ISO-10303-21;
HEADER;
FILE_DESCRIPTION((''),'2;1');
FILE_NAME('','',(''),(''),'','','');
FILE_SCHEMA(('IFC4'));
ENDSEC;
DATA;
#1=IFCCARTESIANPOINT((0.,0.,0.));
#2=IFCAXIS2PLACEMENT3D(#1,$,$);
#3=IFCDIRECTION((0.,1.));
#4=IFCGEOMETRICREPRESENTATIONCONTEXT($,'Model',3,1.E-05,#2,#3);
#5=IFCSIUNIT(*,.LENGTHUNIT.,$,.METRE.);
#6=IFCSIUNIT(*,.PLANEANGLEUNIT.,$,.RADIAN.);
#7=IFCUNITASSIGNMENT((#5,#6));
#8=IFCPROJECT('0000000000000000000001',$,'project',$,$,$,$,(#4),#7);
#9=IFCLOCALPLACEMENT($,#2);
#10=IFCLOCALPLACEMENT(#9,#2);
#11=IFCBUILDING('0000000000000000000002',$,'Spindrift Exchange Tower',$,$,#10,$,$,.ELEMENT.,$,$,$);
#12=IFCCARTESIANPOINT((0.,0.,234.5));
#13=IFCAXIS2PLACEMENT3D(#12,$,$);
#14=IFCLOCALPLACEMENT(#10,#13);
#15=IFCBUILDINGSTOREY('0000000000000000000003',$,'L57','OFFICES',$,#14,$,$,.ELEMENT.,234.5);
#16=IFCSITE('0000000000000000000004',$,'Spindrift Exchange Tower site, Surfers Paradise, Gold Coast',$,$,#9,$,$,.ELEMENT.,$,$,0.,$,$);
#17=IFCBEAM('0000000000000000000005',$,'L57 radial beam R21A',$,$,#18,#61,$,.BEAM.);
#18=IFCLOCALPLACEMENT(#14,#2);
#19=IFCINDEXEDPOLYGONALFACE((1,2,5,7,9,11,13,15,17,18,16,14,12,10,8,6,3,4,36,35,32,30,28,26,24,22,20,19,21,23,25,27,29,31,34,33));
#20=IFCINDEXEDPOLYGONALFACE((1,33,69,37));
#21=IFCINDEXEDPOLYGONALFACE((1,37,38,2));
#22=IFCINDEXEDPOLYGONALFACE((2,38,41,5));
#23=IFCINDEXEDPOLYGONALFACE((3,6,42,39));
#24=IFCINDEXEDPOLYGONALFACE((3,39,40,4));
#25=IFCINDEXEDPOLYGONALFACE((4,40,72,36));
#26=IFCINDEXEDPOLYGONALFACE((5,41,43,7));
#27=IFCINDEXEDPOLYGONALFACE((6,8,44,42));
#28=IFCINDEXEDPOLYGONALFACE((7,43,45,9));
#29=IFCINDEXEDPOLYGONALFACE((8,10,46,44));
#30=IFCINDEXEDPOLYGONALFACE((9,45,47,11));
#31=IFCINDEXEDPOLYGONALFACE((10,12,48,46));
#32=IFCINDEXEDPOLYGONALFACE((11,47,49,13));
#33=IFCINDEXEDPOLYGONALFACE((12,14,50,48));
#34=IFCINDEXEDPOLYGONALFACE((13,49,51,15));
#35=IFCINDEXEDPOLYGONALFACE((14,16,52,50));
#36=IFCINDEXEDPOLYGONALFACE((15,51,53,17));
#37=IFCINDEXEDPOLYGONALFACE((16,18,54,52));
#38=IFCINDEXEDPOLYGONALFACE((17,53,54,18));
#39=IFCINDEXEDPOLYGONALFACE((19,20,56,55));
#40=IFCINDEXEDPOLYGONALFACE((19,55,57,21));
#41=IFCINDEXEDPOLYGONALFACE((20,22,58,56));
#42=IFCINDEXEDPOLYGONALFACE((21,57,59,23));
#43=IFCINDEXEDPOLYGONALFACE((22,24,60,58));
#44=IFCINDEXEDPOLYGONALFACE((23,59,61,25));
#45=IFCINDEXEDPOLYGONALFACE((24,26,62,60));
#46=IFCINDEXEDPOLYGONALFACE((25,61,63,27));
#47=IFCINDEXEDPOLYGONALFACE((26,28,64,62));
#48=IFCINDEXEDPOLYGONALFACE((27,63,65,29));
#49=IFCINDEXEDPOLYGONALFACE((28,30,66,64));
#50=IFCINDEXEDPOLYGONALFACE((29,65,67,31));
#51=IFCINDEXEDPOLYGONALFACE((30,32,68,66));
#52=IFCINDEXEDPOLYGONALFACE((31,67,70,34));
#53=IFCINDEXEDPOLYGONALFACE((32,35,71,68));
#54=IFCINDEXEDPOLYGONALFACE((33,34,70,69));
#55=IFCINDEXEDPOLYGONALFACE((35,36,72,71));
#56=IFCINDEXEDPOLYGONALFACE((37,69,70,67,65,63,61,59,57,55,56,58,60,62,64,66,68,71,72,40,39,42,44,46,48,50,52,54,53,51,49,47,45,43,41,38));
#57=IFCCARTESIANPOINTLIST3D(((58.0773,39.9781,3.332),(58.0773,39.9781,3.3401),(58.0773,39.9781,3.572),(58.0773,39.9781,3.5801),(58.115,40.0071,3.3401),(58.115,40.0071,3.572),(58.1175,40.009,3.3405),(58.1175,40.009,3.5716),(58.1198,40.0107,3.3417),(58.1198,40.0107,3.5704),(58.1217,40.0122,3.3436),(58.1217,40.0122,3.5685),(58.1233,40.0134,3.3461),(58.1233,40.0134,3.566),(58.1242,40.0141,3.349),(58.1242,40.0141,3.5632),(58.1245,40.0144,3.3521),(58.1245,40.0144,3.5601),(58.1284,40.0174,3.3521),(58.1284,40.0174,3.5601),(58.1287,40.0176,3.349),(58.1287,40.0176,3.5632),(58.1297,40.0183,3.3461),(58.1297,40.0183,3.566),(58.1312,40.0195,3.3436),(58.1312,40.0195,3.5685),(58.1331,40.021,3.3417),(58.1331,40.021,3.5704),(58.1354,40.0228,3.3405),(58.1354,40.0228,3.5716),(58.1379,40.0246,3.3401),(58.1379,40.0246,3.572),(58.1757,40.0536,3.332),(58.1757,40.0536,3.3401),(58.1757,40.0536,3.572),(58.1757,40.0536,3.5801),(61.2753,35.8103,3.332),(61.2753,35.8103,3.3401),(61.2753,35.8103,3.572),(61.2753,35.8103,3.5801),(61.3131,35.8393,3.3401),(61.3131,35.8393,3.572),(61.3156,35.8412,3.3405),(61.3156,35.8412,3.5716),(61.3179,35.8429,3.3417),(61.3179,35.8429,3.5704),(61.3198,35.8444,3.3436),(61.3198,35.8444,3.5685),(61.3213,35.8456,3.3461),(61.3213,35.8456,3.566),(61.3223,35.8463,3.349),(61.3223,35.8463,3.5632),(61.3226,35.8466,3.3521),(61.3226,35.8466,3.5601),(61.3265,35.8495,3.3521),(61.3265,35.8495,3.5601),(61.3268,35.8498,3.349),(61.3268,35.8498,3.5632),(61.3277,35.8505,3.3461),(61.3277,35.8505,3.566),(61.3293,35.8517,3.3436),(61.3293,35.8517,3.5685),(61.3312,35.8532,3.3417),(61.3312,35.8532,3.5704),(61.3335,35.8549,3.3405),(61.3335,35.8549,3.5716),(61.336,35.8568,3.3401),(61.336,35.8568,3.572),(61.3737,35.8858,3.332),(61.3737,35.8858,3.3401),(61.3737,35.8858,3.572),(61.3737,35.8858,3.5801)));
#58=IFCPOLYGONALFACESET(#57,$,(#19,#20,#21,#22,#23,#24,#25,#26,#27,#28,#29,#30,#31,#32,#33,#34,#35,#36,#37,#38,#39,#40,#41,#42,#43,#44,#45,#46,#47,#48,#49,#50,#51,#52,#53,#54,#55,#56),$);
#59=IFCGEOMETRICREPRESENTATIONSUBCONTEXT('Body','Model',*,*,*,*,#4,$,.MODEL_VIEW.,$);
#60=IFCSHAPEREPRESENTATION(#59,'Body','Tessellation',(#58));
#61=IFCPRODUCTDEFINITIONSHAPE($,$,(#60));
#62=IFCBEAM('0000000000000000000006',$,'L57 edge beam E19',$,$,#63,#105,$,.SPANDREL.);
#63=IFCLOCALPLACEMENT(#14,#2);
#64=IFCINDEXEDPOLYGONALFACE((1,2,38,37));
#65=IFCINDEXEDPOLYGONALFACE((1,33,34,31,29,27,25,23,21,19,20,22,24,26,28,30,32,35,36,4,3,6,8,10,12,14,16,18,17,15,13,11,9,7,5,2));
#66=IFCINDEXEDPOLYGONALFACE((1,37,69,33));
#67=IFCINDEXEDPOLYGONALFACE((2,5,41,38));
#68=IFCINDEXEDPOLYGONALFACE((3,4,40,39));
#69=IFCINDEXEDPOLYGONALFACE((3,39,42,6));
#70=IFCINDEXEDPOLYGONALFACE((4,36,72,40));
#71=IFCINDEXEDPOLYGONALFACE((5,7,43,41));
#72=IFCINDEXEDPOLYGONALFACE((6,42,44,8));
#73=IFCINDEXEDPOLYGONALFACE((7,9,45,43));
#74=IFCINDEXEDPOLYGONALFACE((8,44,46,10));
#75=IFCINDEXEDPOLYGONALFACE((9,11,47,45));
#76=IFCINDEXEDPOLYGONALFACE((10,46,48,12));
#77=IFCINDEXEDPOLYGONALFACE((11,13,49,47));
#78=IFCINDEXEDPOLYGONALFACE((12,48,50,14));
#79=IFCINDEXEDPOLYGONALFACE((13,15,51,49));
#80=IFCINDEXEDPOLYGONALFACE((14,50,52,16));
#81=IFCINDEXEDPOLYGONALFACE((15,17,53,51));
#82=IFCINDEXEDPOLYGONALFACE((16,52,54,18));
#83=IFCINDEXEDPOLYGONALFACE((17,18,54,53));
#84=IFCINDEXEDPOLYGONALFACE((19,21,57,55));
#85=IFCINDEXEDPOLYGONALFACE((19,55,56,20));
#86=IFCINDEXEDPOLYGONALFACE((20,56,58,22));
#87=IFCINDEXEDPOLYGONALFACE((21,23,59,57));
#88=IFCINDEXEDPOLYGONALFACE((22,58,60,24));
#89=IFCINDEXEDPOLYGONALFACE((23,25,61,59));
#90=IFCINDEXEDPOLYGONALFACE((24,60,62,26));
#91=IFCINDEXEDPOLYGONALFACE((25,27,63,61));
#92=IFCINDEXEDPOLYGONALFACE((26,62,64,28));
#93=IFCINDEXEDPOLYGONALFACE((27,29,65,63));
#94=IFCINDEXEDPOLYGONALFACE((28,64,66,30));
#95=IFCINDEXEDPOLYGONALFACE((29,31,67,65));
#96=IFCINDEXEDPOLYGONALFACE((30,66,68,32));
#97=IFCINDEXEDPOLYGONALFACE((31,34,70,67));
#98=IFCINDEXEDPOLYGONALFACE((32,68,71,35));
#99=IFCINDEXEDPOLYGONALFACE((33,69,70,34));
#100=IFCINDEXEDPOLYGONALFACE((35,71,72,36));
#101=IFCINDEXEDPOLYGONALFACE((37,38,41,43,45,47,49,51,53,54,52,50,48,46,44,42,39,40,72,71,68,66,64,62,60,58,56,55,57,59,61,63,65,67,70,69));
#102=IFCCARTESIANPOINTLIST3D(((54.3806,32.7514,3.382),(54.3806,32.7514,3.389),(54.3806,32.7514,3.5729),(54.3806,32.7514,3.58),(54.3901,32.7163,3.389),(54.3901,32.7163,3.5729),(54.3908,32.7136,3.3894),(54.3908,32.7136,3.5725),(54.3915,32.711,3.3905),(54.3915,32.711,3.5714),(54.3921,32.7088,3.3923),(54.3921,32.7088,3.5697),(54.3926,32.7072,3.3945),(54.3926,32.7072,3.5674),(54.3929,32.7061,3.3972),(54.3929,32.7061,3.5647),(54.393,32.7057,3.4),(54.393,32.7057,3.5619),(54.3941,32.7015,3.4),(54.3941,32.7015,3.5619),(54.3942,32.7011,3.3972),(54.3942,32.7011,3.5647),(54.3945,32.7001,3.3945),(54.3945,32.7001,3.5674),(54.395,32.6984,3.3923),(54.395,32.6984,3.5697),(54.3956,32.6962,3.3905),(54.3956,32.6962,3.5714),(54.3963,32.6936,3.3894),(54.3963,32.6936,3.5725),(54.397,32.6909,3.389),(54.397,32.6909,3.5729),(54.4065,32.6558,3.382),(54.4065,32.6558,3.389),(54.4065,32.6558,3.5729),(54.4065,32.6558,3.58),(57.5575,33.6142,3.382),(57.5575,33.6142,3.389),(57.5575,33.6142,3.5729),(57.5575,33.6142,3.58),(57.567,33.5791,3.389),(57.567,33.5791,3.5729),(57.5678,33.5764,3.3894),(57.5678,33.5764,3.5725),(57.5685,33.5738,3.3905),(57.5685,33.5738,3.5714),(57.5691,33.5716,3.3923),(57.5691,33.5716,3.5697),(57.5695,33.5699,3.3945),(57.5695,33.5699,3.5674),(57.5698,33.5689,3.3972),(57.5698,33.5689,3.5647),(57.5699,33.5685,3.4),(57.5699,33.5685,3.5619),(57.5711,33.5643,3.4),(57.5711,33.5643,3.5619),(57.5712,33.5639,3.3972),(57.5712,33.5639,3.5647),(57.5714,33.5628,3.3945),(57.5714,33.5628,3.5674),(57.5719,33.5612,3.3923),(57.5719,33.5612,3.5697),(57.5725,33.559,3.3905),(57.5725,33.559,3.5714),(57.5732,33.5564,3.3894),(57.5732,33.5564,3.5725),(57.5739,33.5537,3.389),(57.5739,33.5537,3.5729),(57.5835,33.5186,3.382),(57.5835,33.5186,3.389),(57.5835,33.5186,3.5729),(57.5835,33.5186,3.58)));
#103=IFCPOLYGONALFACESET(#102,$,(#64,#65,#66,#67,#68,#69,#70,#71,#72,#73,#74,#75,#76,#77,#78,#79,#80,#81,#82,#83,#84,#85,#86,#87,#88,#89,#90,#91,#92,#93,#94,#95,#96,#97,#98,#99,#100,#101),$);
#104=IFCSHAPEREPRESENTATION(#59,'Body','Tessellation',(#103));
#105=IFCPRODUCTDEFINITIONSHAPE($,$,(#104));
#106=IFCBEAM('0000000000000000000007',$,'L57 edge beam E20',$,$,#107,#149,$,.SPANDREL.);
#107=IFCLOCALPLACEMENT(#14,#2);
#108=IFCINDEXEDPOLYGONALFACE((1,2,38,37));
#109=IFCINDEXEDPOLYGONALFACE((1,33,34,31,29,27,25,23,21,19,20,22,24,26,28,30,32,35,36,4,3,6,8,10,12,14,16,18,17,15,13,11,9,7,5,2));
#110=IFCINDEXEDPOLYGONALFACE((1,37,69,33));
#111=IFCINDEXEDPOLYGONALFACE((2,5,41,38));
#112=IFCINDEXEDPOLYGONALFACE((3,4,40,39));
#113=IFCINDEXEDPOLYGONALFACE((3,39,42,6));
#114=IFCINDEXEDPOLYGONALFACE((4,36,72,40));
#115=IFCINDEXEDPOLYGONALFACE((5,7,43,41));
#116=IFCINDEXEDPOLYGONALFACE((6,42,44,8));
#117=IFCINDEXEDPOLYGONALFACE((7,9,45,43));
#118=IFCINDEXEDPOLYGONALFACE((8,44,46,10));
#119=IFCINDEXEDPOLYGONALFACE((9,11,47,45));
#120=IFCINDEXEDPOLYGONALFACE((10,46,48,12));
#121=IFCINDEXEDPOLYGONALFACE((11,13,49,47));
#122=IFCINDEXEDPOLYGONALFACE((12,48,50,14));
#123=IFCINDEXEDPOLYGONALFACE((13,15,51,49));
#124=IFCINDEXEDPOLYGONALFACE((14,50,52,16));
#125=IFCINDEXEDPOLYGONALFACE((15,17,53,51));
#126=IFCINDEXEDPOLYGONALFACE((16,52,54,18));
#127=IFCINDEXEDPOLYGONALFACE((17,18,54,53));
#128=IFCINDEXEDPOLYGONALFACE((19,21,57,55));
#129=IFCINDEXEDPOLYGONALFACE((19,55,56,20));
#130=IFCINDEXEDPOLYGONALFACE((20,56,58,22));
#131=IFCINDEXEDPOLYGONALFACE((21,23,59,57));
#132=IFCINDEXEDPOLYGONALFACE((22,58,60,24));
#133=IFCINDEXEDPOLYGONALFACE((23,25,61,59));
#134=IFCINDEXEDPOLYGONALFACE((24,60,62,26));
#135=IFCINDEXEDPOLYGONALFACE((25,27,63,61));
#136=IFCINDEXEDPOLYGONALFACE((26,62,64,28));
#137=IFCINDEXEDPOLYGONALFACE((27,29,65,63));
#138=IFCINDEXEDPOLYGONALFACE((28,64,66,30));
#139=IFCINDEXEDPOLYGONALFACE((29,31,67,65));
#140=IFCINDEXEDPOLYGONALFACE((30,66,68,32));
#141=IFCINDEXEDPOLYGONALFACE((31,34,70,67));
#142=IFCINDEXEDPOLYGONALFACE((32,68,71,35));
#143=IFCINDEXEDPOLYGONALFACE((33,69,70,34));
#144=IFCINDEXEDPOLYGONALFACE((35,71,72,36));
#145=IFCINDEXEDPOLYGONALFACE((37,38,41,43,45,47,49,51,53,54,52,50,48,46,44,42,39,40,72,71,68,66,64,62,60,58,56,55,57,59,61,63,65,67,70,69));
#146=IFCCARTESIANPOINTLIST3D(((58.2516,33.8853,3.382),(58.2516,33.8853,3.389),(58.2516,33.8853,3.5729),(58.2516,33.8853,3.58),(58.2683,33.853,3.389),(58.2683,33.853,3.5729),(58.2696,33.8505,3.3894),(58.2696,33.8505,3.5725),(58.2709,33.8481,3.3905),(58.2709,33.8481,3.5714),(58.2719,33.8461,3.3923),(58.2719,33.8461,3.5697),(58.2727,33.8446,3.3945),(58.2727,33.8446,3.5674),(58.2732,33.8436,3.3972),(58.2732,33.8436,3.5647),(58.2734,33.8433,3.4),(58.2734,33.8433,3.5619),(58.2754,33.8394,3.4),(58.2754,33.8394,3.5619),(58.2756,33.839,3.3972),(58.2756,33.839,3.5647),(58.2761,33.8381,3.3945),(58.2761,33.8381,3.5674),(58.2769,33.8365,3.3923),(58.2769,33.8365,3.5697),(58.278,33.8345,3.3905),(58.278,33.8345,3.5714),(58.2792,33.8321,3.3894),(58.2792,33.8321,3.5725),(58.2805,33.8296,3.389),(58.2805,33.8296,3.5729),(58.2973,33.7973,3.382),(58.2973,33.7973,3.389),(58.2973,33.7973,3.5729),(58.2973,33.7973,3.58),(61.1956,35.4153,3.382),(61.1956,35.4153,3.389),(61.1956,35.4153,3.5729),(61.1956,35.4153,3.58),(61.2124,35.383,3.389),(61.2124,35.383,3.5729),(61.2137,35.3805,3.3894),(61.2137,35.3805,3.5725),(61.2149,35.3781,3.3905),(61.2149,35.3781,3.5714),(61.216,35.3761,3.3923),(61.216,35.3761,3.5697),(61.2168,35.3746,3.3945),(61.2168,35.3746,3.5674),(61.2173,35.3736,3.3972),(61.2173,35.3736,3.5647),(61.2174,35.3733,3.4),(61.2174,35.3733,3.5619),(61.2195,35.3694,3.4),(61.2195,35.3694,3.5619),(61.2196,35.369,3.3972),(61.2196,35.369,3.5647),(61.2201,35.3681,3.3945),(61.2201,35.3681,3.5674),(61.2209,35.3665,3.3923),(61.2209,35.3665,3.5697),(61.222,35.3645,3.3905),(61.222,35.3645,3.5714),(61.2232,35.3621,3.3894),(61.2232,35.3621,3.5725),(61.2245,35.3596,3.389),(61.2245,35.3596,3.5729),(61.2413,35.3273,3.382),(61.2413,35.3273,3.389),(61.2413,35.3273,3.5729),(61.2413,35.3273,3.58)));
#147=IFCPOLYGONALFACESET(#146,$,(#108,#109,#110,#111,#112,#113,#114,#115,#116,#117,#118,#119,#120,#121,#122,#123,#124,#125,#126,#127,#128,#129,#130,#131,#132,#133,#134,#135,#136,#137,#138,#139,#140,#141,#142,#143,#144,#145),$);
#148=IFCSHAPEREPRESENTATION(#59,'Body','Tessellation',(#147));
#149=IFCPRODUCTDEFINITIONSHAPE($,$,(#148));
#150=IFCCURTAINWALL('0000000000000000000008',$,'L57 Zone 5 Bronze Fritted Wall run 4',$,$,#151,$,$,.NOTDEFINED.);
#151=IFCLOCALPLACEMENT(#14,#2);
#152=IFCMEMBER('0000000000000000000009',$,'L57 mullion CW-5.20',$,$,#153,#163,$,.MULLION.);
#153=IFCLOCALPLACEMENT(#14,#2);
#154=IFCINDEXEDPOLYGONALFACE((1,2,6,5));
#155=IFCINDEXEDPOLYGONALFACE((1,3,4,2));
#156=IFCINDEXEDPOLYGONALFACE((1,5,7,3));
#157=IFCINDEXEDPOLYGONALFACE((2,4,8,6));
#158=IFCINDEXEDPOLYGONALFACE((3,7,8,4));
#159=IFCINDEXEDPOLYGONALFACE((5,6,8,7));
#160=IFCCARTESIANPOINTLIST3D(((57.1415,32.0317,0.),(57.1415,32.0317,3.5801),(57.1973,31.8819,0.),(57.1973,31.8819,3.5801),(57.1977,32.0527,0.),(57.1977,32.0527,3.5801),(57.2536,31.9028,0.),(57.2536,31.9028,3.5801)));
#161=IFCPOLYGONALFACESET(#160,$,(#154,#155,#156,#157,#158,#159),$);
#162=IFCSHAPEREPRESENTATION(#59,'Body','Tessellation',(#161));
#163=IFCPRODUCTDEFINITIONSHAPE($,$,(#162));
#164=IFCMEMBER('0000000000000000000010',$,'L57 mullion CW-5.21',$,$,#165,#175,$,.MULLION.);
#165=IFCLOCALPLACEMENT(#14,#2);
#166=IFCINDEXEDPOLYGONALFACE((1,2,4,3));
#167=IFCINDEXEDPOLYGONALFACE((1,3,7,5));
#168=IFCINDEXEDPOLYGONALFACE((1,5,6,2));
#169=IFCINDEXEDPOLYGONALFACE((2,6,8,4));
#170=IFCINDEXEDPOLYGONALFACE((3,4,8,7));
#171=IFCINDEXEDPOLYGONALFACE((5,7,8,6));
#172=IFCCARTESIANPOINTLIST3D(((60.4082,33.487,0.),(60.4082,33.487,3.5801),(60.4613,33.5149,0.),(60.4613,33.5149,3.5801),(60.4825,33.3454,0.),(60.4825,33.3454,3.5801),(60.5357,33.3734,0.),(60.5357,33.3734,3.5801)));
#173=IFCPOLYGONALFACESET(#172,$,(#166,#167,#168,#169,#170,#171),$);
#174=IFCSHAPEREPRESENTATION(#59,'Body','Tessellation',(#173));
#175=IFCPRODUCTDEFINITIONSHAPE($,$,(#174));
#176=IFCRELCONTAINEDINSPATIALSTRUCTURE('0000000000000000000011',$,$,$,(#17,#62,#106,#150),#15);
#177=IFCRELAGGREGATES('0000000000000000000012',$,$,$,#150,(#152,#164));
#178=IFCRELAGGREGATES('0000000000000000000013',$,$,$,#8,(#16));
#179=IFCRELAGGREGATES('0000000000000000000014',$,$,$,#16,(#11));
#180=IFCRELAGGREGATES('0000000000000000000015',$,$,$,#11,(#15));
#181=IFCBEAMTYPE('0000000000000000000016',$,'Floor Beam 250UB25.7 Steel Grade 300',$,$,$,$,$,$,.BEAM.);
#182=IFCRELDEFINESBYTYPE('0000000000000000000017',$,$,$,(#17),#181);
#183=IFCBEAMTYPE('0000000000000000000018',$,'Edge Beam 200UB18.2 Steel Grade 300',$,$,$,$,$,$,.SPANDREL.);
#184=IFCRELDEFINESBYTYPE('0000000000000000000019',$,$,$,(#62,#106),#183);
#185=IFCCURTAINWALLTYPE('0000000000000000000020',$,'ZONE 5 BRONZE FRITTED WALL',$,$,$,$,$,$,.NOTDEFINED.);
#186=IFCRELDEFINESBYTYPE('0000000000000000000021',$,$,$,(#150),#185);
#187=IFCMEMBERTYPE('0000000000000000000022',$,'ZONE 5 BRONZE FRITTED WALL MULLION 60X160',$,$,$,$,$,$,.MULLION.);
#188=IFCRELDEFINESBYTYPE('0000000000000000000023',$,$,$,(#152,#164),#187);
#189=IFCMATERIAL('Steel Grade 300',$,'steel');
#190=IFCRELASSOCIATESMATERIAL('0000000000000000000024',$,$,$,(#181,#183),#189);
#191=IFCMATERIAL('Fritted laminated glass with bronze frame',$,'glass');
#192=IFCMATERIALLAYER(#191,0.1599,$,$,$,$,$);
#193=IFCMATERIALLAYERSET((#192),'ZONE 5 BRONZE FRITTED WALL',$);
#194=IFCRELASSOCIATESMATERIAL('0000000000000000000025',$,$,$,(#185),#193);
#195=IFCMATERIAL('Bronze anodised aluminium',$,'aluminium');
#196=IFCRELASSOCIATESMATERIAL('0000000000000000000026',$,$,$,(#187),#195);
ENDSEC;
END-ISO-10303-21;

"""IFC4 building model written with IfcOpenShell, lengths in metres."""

from ifc_helpers import new_model, si_unit, direction, frame, origin, origin_2d, place, context, subcontext, project, spatial, rectangle, i_section, extrude, source, transform, mapped, material, layer, layer_set, material_profile, profile_set, type_object, element, aggregate, save


model = new_model("IFC4")

# Units and contexts
model_context = context("Model", 3, precision=1e-05, world=origin(), true_north=direction((0.0, 1.0)))
body_context = subcontext(model_context, "Body", "Model", "MODEL_VIEW")
ifc_project = project(units=[si_unit("LENGTHUNIT", "METRE"), si_unit("PLANEANGLEUNIT", "RADIAN")], contexts=[model_context])

# Site, building, storey
site_placement = place(None, origin())
site = spatial("IfcSite", under=ifc_project, at=site_placement, Name="Spindrift Exchange Tower site, Surfers Paradise, Gold Coast", CompositionType="ELEMENT", RefElevation=0.0)
building_placement = place(site_placement, origin())
building = spatial("IfcBuilding", under=site, at=building_placement, Name="Spindrift Exchange Tower", CompositionType="ELEMENT")
storey_placement = place(building_placement, frame((0.0, 0.0, 234.5)))
storey = spatial("IfcBuildingStorey", under=building, at=storey_placement, Name="L57", Description="OFFICES", CompositionType="ELEMENT", Elevation=234.5)

# Beams
ifc_material_1 = material(Name="Steel Grade 300", Category="steel")
ifc_material_profile_1 = material_profile(ifc_material_1, i_section(OverallWidth=0.124, OverallDepth=0.248, WebThickness=0.0049, FlangeThickness=0.0081, FilletRadius=0.012, at=origin_2d()), Name="250UB25.7")
ifc_profile_set_1 = profile_set([ifc_material_profile_1], Name="Steel Grade 300")
beam_type_1 = type_object("IfcBeamType", Name="Floor Beam 250UB25.7 Steel Grade 300", PredefinedType="BEAM", material=ifc_profile_set_1)
shared_shape_1 = source(origin(), body_context, "Body", "SweptSolid", [
    extrude(i_section(OverallWidth=0.124, OverallDepth=0.248, WebThickness=0.0049, FlangeThickness=0.0081, FilletRadius=0.012, at=origin_2d()), origin(), (0.0, 0.0, 1.0), 5.2534),
])
beam_1_placement = place(storey_placement, frame((58.1265, 40.0159, 3.4561), z_axis=(0.60876, -0.793354, 0.0), x_axis=(0.793354, 0.60876, 0.0)))
element("IfcBeam", 1, at=beam_1_placement, inside=storey, type_object=beam_type_1, Name="L57 radial beam R21A", PredefinedType="BEAM", context=body_context, shape_type="MappedRepresentation", body=[
    mapped(shared_shape_1, transform((0.0, 0.0, 0.0), scale=1.0)),
])
ifc_material_profile_2 = material_profile(ifc_material_1, i_section(OverallWidth=0.0991, OverallDepth=0.198, WebThickness=0.0044, FlangeThickness=0.0071, FilletRadius=0.011, at=origin_2d()), Name="200UB18.2")
ifc_profile_set_2 = profile_set([ifc_material_profile_2], Name="Steel Grade 300")
beam_type_2 = type_object("IfcBeamType", Name="Edge Beam 200UB18.2 Steel Grade 300", PredefinedType="SPANDREL", material=ifc_profile_set_2)
shared_shape_2 = source(origin(), body_context, "Body", "SweptSolid", [
    extrude(i_section(OverallWidth=0.0991, OverallDepth=0.198, WebThickness=0.0044, FlangeThickness=0.0071, FilletRadius=0.011, at=origin_2d()), origin(), (0.0, 0.0, 1.0), 3.292),
])
beam_2_placement = place(storey_placement, frame((54.3936, 32.7036, 3.481), z_axis=(0.965046, 0.262082, 0.0), x_axis=(-0.262082, 0.965046, 0.0)))
element("IfcBeam", 2, at=beam_2_placement, inside=storey, type_object=beam_type_2, Name="L57 edge beam E19", PredefinedType="SPANDREL", context=body_context, shape_type="MappedRepresentation", body=[
    mapped(shared_shape_2, transform((0.0, 0.0, 0.0), scale=1.0)),
])
shared_shape_3 = source(origin(), body_context, "Body", "SweptSolid", [
    extrude(i_section(OverallWidth=0.0991, OverallDepth=0.198, WebThickness=0.0044, FlangeThickness=0.0071, FilletRadius=0.011, at=origin_2d()), origin(), (0.0, 0.0, 1.0), 3.3179),
])
beam_3_placement = place(storey_placement, frame((58.2744, 33.8413, 3.481), z_axis=(0.887328, 0.46114, 0.0), x_axis=(-0.46114, 0.887328, 0.0)))
element("IfcBeam", 3, at=beam_3_placement, inside=storey, type_object=beam_type_2, Name="L57 edge beam E20", PredefinedType="SPANDREL", context=body_context, shape_type="MappedRepresentation", body=[
    mapped(shared_shape_3, transform((0.0, 0.0, 0.0), scale=1.0)),
])

# Curtain wall, members
ifc_material_2 = material(Name="Fritted laminated glass with bronze frame", Category="glass")
ifc_layer_1 = layer(ifc_material_2, 0.1599)
ifc_layer_set_1 = layer_set([ifc_layer_1], Name="ZONE 5 BRONZE FRITTED WALL")
curtain_wall_type = type_object("IfcCurtainWallType", Name="ZONE 5 BRONZE FRITTED WALL", PredefinedType="NOTDEFINED", material=ifc_layer_set_1)
curtain_wall_placement = place(storey_placement, origin())
curtain_wall = element("IfcCurtainWall", 4, at=curtain_wall_placement, inside=storey, type_object=curtain_wall_type, Name="L57 Zone 5 Bronze Fritted Wall run 4", PredefinedType="NOTDEFINED")
ifc_material_3 = material(Name="Bronze anodised aluminium", Category="aluminium")
ifc_material_profile_3 = material_profile(ifc_material_3, rectangle(XDim=0.0601, YDim=0.1599, at=origin_2d()), Name="ZONE 5 BRONZE FRITTED WALL MULLION 60X160")
ifc_profile_set_3 = profile_set([ifc_material_profile_3], Name="Bronze anodised aluminium")
member_type_1 = type_object("IfcMemberType", Name="ZONE 5 BRONZE FRITTED WALL MULLION 60X160", PredefinedType="MULLION", material=ifc_profile_set_3)
shared_shape_4 = source(origin(), body_context, "Body", "SweptSolid", [
    extrude(rectangle(XDim=0.0601, YDim=0.1599, at=origin_2d()), origin(), (0.0, 0.0, 1.0), 3.5801),
])
member_1_placement = place(storey_placement, frame((57.1975, 31.9673, 0.0), z_axis=(0.0, 0.0, 1.0), x_axis=(0.937122, 0.349003, 0.0)))
member_1 = element("IfcMember", 5, at=member_1_placement, type_object=member_type_1, Name="L57 mullion CW-5.20", PredefinedType="MULLION", context=body_context, shape_type="MappedRepresentation", body=[
    mapped(shared_shape_4, transform((0.0, 0.0, 0.0), scale=1.0)),
])
member_2_placement = place(storey_placement, frame((60.4719, 33.4302, 0.0), z_axis=(0.0, 0.0, 1.0), x_axis=(0.885293, 0.465033, 0.0)))
member_2 = element("IfcMember", 6, at=member_2_placement, type_object=member_type_1, Name="L57 mullion CW-5.21", PredefinedType="MULLION", context=body_context, shape_type="MappedRepresentation", body=[
    mapped(shared_shape_4, transform((0.0, 0.0, 0.0), scale=1.0)),
])
aggregate(curtain_wall, [member_1, member_2])

save(model, "model.ifc")
